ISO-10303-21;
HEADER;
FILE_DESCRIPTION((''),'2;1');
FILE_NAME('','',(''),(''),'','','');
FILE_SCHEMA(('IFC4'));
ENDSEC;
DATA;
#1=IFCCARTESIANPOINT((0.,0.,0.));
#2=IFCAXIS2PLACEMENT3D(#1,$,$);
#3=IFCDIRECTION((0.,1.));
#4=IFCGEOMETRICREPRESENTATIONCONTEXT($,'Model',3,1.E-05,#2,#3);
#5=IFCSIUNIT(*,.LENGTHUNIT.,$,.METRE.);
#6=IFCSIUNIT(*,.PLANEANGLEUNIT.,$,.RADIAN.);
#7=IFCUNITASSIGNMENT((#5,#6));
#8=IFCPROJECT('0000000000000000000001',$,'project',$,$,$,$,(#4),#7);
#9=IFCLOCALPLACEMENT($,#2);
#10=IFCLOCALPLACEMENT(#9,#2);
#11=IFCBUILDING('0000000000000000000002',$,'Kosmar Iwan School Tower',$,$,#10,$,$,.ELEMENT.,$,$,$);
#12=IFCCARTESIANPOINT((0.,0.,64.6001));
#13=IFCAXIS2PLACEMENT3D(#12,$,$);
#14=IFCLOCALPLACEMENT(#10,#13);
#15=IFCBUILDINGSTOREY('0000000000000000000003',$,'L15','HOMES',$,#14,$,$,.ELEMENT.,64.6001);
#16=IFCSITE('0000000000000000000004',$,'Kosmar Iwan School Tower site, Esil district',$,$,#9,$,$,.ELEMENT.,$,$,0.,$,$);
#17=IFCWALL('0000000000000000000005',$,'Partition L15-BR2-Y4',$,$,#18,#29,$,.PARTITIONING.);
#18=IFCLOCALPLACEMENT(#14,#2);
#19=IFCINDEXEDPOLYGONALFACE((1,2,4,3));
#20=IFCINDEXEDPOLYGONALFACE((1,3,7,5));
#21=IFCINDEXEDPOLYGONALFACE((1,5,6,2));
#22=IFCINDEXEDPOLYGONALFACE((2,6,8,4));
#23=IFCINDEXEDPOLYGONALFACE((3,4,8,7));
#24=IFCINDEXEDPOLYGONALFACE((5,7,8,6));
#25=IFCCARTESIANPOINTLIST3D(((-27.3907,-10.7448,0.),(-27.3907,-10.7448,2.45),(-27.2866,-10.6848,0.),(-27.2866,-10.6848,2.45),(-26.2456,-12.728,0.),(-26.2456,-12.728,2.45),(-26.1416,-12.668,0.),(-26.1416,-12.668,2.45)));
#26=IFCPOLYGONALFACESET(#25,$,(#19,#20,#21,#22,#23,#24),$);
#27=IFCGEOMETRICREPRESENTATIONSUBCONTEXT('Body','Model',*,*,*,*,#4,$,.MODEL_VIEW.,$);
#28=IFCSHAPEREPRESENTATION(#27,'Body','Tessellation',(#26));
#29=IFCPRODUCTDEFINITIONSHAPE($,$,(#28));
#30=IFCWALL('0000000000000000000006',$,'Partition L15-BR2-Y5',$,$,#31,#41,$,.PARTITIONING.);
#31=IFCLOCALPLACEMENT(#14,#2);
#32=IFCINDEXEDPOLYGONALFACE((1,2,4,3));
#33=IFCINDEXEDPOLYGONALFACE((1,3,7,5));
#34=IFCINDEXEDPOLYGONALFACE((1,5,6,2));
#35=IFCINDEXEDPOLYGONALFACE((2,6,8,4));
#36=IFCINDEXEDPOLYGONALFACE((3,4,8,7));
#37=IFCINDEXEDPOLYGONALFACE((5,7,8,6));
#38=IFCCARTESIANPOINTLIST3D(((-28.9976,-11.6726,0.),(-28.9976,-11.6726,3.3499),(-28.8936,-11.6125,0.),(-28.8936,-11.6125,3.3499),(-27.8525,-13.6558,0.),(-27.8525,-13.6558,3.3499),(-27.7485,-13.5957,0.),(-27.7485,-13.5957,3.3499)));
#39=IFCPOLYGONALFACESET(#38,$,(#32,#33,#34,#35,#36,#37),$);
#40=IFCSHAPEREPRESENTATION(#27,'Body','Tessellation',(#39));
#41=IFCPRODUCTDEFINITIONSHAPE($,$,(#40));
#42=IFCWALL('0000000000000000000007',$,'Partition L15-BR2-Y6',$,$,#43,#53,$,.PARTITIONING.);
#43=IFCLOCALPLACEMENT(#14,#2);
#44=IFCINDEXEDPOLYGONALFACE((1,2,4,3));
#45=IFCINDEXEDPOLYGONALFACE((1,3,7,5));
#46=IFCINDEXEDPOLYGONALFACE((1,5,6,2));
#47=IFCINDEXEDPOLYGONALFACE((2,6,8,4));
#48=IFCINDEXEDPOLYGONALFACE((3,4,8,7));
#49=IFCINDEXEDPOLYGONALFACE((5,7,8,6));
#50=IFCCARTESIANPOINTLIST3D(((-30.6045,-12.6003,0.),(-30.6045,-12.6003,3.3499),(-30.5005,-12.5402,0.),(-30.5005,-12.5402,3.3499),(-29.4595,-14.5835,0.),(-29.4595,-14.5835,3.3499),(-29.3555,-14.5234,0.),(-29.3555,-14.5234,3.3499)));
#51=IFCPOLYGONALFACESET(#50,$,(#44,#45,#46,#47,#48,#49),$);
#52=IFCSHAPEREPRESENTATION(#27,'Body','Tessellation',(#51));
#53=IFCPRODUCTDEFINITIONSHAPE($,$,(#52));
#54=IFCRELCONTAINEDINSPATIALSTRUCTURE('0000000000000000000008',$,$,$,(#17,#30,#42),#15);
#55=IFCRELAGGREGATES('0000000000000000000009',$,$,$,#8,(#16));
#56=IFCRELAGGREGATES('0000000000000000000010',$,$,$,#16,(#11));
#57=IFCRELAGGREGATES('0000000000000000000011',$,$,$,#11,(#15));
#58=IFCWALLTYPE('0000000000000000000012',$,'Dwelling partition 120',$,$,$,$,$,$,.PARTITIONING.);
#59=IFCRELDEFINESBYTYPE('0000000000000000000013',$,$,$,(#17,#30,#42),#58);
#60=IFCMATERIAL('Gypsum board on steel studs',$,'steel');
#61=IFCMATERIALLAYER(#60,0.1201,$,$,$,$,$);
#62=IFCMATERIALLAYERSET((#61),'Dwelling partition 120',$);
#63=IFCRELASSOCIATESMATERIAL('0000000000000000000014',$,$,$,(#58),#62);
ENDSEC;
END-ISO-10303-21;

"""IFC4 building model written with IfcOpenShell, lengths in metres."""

from ifc_helpers import new_model, si_unit, direction, frame, frame_2d, origin, place, context, subcontext, project, spatial, rectangle, extrude, material, layer, layer_set, type_object, element, save


model = new_model("IFC4")

# Units and contexts
model_context = context("Model", 3, precision=1e-05, world=origin(), true_north=direction((0.0, 1.0)))
body_context = subcontext(model_context, "Body", "Model", "MODEL_VIEW")
ifc_project = project(units=[si_unit("LENGTHUNIT", "METRE"), si_unit("PLANEANGLEUNIT", "RADIAN")], contexts=[model_context])

# Site, building, storey
site_placement = place(None, origin())
site = spatial("IfcSite", under=ifc_project, at=site_placement, Name="Kosmar Iwan School Tower site, Esil district", CompositionType="ELEMENT", RefElevation=0.0)
building_placement = place(site_placement, origin())
building = spatial("IfcBuilding", under=site, at=building_placement, Name="Kosmar Iwan School Tower", CompositionType="ELEMENT")
storey_placement = place(building_placement, frame((0.0, 0.0, 64.6001)))
storey = spatial("IfcBuildingStorey", under=building, at=storey_placement, Name="L15", Description="HOMES", CompositionType="ELEMENT", Elevation=64.6001)

# Walls
ifc_material_1 = material(Name="Gypsum board on steel studs", Category="steel")
ifc_layer_1 = layer(ifc_material_1, 0.1201)
ifc_layer_set_1 = layer_set([ifc_layer_1], Name="Dwelling partition 120")
wall_type_1 = type_object("IfcWallType", Name="Dwelling partition 120", PredefinedType="PARTITIONING", material=ifc_layer_set_1)
wall_1_placement = place(storey_placement, frame((-26.1936, -12.698, 0.0), z_axis=(0.0, 0.0, 1.0), x_axis=(-0.500015, 0.866017, 0.0)))
element("IfcWall", 1, at=wall_1_placement, inside=storey, type_object=wall_type_1, Name="Partition L15-BR2-Y4", PredefinedType="PARTITIONING", context=body_context, shape_type="SweptSolid", body=[
    extrude(rectangle(XDim=2.29, YDim=0.1201, at=frame_2d((1.145, 0.0))), origin(), (0.0, 0.0, 1.0), 2.45),
])
for number, where, z_axis, x_axis, name in (
    (2, (-27.8005, -13.6257, 0.0), (0.0, 0.0, 1.0), (-0.500015, 0.866017, 0.0), "Partition L15-BR2-Y5"),
    (3, (-29.4075, -14.5535, 0.0), (0.0, 0.0, 1.0), (-0.500015, 0.866017, 0.0), "Partition L15-BR2-Y6"),
):
    element("IfcWall", number, at=place(storey_placement, frame(where, z_axis=z_axis, x_axis=x_axis)), inside=storey, type_object=wall_type_1, Name=name, PredefinedType="PARTITIONING", context=body_context, shape_type="SweptSolid", body=[
        extrude(rectangle(XDim=2.29, YDim=0.1201, at=frame_2d((1.145, 0.0))), origin(), (0.0, 0.0, 1.0), 3.3499),
    ])

save(model, "model.ifc")
